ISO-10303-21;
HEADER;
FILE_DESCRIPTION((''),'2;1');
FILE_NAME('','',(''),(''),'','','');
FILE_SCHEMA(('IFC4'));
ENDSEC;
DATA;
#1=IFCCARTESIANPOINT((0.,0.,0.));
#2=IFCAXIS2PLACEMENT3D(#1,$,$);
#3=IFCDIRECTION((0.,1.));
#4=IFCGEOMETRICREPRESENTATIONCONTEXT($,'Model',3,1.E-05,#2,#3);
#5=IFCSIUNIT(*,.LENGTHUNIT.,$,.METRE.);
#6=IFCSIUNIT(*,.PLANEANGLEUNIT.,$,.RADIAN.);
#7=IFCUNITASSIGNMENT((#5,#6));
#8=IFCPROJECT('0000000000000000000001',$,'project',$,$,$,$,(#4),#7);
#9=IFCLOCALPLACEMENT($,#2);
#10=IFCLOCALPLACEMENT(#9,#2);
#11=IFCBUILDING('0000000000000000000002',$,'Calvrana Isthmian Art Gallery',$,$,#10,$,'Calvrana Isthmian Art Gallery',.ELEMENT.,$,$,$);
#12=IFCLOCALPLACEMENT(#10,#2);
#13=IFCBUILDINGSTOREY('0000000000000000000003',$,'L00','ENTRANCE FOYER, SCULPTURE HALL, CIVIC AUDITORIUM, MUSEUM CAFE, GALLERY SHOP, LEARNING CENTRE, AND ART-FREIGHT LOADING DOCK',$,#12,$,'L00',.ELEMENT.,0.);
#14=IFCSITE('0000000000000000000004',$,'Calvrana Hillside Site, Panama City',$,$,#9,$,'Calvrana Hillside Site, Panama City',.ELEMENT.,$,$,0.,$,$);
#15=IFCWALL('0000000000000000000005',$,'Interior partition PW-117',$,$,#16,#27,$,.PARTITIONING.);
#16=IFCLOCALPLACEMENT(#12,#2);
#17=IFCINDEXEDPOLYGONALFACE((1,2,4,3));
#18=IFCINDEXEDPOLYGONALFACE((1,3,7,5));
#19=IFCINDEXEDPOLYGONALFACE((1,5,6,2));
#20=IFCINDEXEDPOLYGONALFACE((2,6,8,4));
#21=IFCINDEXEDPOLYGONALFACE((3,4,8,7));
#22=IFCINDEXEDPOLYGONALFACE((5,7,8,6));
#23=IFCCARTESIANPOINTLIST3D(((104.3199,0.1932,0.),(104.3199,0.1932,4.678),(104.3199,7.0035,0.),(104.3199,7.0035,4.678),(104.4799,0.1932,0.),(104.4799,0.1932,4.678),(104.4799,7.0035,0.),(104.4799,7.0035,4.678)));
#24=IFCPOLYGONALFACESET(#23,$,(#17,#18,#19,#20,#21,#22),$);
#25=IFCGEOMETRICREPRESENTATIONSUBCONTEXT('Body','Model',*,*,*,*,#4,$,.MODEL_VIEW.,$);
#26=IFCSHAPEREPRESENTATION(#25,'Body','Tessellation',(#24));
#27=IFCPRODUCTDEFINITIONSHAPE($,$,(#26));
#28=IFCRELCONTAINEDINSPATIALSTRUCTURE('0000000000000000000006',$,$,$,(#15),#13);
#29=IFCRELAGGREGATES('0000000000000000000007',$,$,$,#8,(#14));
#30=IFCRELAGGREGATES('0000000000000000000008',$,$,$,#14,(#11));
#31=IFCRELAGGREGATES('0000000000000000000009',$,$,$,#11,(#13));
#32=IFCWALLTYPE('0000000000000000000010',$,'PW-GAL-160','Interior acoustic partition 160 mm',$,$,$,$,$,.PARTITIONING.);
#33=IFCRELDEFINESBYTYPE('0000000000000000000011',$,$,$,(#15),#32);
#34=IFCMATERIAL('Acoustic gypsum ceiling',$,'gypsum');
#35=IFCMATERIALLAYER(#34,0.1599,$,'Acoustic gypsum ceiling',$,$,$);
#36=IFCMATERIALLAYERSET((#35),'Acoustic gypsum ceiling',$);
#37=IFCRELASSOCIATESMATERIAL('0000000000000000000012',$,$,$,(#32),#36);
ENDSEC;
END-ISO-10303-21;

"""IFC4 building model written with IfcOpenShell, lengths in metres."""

from ifc_helpers import new_model, si_unit, direction, frame, frame_2d, origin, place, context, subcontext, project, spatial, rectangle, extrude, material, layer, layer_set, type_object, element, save


model = new_model("IFC4")

# Units and contexts
model_context = context("Model", 3, precision=1e-05, world=origin(), true_north=direction((0.0, 1.0)))
body_context = subcontext(model_context, "Body", "Model", "MODEL_VIEW")
ifc_project = project(units=[si_unit("LENGTHUNIT", "METRE"), si_unit("PLANEANGLEUNIT", "RADIAN")], contexts=[model_context])

# Site, building, storey
site_placement = place(None, origin())
site = spatial("IfcSite", under=ifc_project, at=site_placement, Name="Calvrana Hillside Site, Panama City", LongName="Calvrana Hillside Site, Panama City", CompositionType="ELEMENT", RefElevation=0.0)
building_placement = place(site_placement, origin())
building = spatial("IfcBuilding", under=site, at=building_placement, Name="Calvrana Isthmian Art Gallery", LongName="Calvrana Isthmian Art Gallery", CompositionType="ELEMENT")
storey_placement = place(building_placement, origin())
storey = spatial("IfcBuildingStorey", under=building, at=storey_placement, Name="L00", Description="ENTRANCE FOYER, SCULPTURE HALL, CIVIC AUDITORIUM, MUSEUM CAFE, GALLERY SHOP, LEARNING CENTRE, AND ART-FREIGHT LOADING DOCK", LongName="L00", CompositionType="ELEMENT", Elevation=0.0)

# Wall
ifc_material_1 = material(Name="Acoustic gypsum ceiling", Category="gypsum")
ifc_layer_1 = layer(ifc_material_1, 0.1599, Name="Acoustic gypsum ceiling")
ifc_layer_set_1 = layer_set([ifc_layer_1], Name="Acoustic gypsum ceiling")
wall_type = type_object("IfcWallType", Name="PW-GAL-160", Description="Interior acoustic partition 160 mm", PredefinedType="PARTITIONING", material=ifc_layer_set_1)
wall_1_placement = place(storey_placement, frame((104.3999, 0.1931, 0.0), z_axis=(0.0, 0.0, 1.0), x_axis=(0.0, 1.0, 0.0)))
element("IfcWall", 1, at=wall_1_placement, inside=storey, type_object=wall_type, Name="Interior partition PW-117", PredefinedType="PARTITIONING", context=body_context, shape_type="SweptSolid", body=[
    extrude(rectangle(XDim=6.8103, YDim=0.1599, at=frame_2d((3.4053, 0.0))), origin(), (0.0, 0.0, 1.0), 4.678),
])

save(model, "model.ifc")
